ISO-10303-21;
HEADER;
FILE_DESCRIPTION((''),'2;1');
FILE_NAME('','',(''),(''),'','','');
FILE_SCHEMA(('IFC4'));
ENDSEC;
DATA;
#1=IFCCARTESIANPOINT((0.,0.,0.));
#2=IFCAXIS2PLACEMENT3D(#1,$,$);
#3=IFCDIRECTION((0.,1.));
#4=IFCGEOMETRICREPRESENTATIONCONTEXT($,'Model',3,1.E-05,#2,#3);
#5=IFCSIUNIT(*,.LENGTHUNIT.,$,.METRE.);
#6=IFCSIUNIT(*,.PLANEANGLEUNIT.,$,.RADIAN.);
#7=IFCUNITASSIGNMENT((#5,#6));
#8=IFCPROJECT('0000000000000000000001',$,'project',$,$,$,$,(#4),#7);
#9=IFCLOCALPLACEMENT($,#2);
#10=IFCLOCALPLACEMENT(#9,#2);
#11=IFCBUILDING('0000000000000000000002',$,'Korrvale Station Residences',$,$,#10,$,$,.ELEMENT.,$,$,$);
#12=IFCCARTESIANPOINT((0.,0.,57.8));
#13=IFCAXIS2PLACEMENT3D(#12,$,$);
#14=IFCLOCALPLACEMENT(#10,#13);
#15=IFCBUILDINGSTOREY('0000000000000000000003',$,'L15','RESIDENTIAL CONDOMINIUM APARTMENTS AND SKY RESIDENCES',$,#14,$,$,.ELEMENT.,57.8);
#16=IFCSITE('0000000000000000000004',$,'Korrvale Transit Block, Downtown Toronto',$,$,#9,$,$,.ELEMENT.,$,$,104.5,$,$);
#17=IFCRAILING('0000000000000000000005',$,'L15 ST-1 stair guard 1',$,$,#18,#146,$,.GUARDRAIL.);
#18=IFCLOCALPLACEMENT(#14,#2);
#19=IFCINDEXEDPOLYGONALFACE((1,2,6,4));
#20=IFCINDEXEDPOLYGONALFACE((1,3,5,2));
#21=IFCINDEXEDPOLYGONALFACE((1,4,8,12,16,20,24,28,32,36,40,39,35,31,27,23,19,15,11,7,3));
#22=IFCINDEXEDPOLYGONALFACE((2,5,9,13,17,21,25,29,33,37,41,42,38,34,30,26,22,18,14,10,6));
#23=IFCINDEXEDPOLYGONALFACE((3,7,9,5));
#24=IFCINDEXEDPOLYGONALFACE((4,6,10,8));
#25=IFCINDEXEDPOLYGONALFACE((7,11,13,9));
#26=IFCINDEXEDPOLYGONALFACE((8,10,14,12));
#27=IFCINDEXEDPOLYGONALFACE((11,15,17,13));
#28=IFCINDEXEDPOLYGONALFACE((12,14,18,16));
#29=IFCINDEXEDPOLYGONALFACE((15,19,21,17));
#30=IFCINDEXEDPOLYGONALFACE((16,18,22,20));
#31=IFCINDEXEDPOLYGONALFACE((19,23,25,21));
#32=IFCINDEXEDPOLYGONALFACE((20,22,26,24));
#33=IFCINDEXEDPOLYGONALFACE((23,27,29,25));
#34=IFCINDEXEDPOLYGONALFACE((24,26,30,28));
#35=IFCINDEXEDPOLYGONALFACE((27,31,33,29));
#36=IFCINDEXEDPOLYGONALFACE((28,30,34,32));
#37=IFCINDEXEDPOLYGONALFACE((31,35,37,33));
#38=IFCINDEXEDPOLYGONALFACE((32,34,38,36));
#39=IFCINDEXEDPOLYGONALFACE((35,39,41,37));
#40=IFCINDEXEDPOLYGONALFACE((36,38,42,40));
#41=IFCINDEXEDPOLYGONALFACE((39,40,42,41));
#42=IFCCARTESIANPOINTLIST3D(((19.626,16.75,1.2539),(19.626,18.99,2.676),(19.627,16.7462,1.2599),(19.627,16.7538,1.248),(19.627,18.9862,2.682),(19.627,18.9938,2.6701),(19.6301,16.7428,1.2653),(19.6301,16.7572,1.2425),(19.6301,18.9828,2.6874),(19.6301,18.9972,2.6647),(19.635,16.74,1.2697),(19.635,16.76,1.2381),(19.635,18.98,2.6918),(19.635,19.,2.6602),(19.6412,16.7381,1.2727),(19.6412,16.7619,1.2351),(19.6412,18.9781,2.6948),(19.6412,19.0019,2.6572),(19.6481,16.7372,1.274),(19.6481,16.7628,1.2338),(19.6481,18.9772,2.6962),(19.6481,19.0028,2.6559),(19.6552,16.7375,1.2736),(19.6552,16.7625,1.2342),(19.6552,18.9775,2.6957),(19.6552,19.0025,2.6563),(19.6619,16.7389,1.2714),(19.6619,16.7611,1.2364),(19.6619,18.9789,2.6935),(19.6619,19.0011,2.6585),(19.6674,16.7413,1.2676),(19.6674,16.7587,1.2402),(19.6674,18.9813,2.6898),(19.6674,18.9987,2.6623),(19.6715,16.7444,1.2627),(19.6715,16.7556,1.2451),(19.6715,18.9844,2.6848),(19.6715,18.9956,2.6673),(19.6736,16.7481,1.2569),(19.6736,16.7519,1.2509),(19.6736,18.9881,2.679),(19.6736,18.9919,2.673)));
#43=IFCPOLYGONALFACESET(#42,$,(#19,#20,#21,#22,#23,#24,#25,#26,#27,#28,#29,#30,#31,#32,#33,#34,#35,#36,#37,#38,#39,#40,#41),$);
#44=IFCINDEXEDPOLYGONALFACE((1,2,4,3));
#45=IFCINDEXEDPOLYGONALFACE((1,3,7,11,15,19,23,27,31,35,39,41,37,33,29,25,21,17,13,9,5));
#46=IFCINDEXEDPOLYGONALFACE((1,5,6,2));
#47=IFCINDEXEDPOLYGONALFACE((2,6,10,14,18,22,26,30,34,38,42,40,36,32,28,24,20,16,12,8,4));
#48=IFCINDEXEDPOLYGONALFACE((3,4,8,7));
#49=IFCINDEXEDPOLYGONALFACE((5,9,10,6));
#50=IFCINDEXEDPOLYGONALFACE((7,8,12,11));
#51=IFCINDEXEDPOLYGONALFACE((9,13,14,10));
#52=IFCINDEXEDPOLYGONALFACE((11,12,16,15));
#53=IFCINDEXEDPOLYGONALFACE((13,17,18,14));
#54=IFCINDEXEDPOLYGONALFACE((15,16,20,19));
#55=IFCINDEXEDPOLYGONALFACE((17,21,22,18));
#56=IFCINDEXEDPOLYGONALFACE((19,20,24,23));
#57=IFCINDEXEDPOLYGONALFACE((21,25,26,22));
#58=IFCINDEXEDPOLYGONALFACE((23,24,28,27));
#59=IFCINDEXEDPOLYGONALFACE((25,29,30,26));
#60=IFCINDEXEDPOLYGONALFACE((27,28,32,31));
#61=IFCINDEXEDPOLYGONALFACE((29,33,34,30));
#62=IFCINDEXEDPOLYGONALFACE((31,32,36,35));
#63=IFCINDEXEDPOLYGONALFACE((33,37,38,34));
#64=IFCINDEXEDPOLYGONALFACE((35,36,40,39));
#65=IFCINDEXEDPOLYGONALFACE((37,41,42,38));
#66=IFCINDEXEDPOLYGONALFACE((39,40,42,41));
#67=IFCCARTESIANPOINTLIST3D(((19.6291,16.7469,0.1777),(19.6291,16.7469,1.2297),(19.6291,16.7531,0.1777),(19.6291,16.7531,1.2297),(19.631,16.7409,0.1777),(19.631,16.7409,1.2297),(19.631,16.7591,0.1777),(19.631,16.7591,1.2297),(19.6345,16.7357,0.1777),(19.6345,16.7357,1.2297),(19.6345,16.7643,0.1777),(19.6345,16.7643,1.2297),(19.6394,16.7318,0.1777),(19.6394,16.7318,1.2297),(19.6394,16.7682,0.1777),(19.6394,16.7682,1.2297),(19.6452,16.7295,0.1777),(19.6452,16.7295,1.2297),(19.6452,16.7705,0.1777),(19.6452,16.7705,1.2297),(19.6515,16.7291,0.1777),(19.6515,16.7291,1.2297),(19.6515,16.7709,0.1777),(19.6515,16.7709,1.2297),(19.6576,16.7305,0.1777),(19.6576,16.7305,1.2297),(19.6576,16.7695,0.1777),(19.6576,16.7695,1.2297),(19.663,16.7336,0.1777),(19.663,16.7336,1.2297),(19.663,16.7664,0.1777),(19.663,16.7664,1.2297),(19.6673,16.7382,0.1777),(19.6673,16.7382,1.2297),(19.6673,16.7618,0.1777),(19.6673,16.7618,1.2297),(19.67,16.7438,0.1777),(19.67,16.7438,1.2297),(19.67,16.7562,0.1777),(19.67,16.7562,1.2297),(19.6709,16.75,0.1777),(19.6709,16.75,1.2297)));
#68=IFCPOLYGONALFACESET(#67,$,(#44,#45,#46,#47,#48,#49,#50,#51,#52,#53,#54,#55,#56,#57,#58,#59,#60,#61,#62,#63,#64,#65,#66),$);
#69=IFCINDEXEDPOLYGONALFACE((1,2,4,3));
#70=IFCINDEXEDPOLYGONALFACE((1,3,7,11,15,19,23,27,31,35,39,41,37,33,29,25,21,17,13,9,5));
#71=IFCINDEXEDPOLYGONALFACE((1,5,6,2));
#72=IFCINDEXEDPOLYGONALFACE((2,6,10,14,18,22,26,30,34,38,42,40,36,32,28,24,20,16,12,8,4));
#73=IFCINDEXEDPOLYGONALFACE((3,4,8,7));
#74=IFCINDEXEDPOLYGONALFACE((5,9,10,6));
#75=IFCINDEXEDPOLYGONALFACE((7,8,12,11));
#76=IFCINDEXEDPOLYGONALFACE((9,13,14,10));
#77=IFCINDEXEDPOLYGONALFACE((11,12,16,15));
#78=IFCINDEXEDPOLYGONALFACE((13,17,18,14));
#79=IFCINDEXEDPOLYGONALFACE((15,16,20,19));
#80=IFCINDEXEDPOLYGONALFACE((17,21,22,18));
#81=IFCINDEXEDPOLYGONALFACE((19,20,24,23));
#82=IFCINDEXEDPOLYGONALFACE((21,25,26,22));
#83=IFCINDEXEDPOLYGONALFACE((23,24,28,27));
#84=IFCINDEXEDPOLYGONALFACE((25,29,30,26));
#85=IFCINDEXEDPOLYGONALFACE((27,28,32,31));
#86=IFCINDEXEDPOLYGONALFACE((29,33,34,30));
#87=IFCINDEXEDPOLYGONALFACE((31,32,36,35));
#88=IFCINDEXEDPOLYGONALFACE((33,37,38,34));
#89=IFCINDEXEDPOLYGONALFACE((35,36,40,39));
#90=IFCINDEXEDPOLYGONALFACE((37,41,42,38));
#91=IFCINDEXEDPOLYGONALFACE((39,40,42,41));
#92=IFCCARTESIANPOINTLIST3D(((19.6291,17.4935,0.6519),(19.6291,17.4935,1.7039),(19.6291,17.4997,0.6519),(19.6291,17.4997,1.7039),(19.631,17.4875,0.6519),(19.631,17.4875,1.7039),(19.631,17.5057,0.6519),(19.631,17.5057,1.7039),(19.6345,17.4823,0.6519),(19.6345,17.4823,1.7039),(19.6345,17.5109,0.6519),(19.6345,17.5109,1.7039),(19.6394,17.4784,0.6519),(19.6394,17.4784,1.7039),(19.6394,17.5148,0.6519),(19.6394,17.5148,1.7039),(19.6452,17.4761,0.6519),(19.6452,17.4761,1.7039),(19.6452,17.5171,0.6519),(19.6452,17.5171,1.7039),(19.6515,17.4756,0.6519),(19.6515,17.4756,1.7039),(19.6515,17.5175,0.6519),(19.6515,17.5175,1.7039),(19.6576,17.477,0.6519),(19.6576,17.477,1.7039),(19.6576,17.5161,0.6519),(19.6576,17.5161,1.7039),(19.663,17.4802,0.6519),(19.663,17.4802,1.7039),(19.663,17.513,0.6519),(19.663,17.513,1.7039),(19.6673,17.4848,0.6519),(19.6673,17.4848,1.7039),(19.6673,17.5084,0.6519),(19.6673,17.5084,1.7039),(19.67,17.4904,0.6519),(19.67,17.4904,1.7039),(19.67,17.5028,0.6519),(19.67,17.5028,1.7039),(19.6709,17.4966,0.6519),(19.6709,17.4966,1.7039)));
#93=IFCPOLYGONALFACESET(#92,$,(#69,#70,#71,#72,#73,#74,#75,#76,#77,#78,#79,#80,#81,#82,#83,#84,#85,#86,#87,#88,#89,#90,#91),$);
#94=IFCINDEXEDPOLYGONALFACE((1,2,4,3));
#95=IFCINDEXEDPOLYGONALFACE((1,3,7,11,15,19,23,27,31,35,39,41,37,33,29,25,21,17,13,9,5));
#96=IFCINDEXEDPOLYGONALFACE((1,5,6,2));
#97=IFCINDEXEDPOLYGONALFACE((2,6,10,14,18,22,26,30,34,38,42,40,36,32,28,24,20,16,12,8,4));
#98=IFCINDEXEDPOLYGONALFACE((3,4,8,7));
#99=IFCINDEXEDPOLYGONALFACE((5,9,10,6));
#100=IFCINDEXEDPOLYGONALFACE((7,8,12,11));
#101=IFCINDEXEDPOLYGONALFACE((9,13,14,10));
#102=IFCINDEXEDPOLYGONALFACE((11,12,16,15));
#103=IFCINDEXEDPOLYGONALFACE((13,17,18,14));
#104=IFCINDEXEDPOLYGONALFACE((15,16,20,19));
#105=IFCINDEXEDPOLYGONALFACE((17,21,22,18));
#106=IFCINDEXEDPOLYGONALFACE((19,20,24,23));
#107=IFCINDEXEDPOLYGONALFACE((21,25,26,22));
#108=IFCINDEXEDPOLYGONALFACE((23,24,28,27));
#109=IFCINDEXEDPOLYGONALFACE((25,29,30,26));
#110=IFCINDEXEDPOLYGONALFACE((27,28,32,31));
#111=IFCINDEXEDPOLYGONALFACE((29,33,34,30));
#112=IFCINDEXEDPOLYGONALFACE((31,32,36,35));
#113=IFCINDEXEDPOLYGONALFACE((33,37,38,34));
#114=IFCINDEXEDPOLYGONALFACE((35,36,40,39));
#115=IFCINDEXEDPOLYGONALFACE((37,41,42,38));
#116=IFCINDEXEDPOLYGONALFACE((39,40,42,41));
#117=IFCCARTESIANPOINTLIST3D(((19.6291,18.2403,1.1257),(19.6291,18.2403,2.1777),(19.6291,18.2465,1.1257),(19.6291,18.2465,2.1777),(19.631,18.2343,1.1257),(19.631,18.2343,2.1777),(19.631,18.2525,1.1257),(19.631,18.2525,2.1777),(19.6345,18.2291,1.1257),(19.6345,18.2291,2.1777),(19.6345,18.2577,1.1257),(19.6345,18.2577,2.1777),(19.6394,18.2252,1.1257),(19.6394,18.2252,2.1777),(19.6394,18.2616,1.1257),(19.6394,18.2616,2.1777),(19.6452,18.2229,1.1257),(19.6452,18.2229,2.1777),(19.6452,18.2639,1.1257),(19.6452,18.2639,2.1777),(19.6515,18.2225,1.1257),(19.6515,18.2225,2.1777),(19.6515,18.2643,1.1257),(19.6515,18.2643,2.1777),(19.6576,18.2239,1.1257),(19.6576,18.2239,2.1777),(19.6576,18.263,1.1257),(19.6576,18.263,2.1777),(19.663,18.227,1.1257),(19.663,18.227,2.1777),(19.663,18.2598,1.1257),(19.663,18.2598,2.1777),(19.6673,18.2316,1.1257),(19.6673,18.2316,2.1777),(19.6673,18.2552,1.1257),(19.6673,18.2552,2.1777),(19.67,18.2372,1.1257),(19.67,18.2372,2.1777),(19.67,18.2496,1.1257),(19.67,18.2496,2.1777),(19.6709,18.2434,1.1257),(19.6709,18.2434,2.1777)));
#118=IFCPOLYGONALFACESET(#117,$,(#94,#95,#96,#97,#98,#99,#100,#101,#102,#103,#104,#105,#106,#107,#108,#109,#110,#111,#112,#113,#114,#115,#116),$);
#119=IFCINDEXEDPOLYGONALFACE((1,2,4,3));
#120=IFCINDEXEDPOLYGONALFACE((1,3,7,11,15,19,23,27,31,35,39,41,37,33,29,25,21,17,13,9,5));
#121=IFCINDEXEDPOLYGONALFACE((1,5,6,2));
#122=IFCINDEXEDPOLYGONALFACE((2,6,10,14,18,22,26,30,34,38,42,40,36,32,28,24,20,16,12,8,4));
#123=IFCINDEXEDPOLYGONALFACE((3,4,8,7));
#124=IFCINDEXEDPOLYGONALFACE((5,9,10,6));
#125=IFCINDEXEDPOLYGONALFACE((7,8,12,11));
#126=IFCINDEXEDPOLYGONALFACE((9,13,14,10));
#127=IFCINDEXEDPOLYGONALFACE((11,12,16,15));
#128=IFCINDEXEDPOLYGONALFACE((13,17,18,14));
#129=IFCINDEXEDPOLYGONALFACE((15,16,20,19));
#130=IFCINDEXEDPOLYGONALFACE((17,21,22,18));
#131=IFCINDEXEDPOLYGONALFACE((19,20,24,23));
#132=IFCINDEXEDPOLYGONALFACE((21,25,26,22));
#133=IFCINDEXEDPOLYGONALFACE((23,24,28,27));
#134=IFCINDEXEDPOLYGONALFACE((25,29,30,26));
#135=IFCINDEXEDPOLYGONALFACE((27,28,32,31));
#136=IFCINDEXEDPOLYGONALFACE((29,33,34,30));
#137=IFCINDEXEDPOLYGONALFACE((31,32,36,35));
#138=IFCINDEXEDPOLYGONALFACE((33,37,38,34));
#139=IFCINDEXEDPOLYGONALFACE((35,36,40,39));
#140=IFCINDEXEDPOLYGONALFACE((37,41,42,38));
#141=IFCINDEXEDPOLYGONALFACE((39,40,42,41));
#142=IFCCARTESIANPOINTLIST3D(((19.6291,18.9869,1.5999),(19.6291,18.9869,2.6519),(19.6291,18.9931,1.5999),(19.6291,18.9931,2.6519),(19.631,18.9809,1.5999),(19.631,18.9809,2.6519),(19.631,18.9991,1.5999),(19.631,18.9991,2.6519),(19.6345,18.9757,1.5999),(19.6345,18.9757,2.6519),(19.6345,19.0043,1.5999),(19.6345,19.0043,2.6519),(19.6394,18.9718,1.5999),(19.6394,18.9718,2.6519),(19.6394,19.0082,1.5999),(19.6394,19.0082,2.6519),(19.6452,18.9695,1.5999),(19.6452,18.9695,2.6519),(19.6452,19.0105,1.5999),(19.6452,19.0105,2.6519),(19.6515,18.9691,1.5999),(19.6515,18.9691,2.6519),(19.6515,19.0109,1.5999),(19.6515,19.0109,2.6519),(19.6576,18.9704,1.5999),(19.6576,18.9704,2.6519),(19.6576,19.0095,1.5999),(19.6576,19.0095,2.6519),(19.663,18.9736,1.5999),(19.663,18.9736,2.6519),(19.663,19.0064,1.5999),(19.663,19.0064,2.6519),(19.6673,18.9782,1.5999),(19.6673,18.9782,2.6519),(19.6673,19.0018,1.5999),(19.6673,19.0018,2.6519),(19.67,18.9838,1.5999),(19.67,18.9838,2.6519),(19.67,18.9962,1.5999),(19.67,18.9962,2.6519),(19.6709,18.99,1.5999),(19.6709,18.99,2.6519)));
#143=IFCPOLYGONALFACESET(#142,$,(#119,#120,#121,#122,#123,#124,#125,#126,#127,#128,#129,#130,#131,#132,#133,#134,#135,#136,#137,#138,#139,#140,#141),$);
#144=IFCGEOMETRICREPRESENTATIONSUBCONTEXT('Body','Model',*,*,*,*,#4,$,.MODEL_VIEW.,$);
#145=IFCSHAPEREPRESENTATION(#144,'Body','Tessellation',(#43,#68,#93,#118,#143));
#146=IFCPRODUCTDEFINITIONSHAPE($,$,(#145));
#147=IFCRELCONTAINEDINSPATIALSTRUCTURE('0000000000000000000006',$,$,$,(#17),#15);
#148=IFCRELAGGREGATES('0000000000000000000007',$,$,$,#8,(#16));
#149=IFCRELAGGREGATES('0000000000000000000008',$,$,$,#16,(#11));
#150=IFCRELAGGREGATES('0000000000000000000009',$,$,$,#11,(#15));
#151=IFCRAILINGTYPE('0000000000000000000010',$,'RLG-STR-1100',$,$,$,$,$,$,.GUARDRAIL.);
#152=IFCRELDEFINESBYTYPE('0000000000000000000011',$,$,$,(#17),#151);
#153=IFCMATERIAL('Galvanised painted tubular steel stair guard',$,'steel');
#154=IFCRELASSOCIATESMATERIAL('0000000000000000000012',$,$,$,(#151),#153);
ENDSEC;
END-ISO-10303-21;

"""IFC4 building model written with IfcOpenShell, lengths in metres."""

from ifc_helpers import new_model, si_unit, direction, frame, origin, origin_2d, place, context, subcontext, project, spatial, circle, extrude, material, type_object, element, save


model = new_model("IFC4")

# Units and contexts
model_context = context("Model", 3, precision=1e-05, world=origin(), true_north=direction((0.0, 1.0)))
body_context = subcontext(model_context, "Body", "Model", "MODEL_VIEW")
ifc_project = project(units=[si_unit("LENGTHUNIT", "METRE"), si_unit("PLANEANGLEUNIT", "RADIAN")], contexts=[model_context])

# Site, building, storey
site_placement = place(None, origin())
site = spatial("IfcSite", under=ifc_project, at=site_placement, Name="Korrvale Transit Block, Downtown Toronto", CompositionType="ELEMENT", RefElevation=104.5)
building_placement = place(site_placement, origin())
building = spatial("IfcBuilding", under=site, at=building_placement, Name="Korrvale Station Residences", CompositionType="ELEMENT")
storey_placement = place(building_placement, frame((0.0, 0.0, 57.8)))
storey = spatial("IfcBuildingStorey", under=building, at=storey_placement, Name="L15", Description="RESIDENTIAL CONDOMINIUM APARTMENTS AND SKY RESIDENCES", CompositionType="ELEMENT", Elevation=57.8)

# Railing
ifc_material_1 = material(Name="Galvanised painted tubular steel stair guard", Category="steel")
railing_type_1 = type_object("IfcRailingType", Name="RLG-STR-1100", PredefinedType="GUARDRAIL", material=ifc_material_1)
railing_1_placement = place(storey_placement, frame((19.6499, 16.75, 0.1777)))
element("IfcRailing", 1, at=railing_1_placement, inside=storey, type_object=railing_type_1, Name="L15 ST-1 stair guard 1", PredefinedType="GUARDRAIL", context=body_context, shape_type="SweptSolid", body=[
    extrude(circle(Radius=0.0239, at=origin_2d()), frame((0.0, 0.0, 1.0762), z_axis=(0.0, 0.844229, 0.535982), x_axis=(-1.0, 0.0, 0.0)), (0.0, 0.0, 1.0), 2.6533),
    extrude(circle(Radius=0.021, at=origin_2d()), origin(), (0.0, 0.0, 1.0), 1.052),
    extrude(circle(Radius=0.021, at=origin_2d()), frame((0.0, 0.7466, 0.4741)), (0.0, 0.0, 1.0), 1.052),
    extrude(circle(Radius=0.021, at=origin_2d()), frame((0.0, 1.4934, 0.948)), (0.0, 0.0, 1.0), 1.052),
    extrude(circle(Radius=0.021, at=origin_2d()), frame((0.0, 2.24, 1.4221)), (0.0, 0.0, 1.0), 1.052),
])

save(model, "model.ifc")
